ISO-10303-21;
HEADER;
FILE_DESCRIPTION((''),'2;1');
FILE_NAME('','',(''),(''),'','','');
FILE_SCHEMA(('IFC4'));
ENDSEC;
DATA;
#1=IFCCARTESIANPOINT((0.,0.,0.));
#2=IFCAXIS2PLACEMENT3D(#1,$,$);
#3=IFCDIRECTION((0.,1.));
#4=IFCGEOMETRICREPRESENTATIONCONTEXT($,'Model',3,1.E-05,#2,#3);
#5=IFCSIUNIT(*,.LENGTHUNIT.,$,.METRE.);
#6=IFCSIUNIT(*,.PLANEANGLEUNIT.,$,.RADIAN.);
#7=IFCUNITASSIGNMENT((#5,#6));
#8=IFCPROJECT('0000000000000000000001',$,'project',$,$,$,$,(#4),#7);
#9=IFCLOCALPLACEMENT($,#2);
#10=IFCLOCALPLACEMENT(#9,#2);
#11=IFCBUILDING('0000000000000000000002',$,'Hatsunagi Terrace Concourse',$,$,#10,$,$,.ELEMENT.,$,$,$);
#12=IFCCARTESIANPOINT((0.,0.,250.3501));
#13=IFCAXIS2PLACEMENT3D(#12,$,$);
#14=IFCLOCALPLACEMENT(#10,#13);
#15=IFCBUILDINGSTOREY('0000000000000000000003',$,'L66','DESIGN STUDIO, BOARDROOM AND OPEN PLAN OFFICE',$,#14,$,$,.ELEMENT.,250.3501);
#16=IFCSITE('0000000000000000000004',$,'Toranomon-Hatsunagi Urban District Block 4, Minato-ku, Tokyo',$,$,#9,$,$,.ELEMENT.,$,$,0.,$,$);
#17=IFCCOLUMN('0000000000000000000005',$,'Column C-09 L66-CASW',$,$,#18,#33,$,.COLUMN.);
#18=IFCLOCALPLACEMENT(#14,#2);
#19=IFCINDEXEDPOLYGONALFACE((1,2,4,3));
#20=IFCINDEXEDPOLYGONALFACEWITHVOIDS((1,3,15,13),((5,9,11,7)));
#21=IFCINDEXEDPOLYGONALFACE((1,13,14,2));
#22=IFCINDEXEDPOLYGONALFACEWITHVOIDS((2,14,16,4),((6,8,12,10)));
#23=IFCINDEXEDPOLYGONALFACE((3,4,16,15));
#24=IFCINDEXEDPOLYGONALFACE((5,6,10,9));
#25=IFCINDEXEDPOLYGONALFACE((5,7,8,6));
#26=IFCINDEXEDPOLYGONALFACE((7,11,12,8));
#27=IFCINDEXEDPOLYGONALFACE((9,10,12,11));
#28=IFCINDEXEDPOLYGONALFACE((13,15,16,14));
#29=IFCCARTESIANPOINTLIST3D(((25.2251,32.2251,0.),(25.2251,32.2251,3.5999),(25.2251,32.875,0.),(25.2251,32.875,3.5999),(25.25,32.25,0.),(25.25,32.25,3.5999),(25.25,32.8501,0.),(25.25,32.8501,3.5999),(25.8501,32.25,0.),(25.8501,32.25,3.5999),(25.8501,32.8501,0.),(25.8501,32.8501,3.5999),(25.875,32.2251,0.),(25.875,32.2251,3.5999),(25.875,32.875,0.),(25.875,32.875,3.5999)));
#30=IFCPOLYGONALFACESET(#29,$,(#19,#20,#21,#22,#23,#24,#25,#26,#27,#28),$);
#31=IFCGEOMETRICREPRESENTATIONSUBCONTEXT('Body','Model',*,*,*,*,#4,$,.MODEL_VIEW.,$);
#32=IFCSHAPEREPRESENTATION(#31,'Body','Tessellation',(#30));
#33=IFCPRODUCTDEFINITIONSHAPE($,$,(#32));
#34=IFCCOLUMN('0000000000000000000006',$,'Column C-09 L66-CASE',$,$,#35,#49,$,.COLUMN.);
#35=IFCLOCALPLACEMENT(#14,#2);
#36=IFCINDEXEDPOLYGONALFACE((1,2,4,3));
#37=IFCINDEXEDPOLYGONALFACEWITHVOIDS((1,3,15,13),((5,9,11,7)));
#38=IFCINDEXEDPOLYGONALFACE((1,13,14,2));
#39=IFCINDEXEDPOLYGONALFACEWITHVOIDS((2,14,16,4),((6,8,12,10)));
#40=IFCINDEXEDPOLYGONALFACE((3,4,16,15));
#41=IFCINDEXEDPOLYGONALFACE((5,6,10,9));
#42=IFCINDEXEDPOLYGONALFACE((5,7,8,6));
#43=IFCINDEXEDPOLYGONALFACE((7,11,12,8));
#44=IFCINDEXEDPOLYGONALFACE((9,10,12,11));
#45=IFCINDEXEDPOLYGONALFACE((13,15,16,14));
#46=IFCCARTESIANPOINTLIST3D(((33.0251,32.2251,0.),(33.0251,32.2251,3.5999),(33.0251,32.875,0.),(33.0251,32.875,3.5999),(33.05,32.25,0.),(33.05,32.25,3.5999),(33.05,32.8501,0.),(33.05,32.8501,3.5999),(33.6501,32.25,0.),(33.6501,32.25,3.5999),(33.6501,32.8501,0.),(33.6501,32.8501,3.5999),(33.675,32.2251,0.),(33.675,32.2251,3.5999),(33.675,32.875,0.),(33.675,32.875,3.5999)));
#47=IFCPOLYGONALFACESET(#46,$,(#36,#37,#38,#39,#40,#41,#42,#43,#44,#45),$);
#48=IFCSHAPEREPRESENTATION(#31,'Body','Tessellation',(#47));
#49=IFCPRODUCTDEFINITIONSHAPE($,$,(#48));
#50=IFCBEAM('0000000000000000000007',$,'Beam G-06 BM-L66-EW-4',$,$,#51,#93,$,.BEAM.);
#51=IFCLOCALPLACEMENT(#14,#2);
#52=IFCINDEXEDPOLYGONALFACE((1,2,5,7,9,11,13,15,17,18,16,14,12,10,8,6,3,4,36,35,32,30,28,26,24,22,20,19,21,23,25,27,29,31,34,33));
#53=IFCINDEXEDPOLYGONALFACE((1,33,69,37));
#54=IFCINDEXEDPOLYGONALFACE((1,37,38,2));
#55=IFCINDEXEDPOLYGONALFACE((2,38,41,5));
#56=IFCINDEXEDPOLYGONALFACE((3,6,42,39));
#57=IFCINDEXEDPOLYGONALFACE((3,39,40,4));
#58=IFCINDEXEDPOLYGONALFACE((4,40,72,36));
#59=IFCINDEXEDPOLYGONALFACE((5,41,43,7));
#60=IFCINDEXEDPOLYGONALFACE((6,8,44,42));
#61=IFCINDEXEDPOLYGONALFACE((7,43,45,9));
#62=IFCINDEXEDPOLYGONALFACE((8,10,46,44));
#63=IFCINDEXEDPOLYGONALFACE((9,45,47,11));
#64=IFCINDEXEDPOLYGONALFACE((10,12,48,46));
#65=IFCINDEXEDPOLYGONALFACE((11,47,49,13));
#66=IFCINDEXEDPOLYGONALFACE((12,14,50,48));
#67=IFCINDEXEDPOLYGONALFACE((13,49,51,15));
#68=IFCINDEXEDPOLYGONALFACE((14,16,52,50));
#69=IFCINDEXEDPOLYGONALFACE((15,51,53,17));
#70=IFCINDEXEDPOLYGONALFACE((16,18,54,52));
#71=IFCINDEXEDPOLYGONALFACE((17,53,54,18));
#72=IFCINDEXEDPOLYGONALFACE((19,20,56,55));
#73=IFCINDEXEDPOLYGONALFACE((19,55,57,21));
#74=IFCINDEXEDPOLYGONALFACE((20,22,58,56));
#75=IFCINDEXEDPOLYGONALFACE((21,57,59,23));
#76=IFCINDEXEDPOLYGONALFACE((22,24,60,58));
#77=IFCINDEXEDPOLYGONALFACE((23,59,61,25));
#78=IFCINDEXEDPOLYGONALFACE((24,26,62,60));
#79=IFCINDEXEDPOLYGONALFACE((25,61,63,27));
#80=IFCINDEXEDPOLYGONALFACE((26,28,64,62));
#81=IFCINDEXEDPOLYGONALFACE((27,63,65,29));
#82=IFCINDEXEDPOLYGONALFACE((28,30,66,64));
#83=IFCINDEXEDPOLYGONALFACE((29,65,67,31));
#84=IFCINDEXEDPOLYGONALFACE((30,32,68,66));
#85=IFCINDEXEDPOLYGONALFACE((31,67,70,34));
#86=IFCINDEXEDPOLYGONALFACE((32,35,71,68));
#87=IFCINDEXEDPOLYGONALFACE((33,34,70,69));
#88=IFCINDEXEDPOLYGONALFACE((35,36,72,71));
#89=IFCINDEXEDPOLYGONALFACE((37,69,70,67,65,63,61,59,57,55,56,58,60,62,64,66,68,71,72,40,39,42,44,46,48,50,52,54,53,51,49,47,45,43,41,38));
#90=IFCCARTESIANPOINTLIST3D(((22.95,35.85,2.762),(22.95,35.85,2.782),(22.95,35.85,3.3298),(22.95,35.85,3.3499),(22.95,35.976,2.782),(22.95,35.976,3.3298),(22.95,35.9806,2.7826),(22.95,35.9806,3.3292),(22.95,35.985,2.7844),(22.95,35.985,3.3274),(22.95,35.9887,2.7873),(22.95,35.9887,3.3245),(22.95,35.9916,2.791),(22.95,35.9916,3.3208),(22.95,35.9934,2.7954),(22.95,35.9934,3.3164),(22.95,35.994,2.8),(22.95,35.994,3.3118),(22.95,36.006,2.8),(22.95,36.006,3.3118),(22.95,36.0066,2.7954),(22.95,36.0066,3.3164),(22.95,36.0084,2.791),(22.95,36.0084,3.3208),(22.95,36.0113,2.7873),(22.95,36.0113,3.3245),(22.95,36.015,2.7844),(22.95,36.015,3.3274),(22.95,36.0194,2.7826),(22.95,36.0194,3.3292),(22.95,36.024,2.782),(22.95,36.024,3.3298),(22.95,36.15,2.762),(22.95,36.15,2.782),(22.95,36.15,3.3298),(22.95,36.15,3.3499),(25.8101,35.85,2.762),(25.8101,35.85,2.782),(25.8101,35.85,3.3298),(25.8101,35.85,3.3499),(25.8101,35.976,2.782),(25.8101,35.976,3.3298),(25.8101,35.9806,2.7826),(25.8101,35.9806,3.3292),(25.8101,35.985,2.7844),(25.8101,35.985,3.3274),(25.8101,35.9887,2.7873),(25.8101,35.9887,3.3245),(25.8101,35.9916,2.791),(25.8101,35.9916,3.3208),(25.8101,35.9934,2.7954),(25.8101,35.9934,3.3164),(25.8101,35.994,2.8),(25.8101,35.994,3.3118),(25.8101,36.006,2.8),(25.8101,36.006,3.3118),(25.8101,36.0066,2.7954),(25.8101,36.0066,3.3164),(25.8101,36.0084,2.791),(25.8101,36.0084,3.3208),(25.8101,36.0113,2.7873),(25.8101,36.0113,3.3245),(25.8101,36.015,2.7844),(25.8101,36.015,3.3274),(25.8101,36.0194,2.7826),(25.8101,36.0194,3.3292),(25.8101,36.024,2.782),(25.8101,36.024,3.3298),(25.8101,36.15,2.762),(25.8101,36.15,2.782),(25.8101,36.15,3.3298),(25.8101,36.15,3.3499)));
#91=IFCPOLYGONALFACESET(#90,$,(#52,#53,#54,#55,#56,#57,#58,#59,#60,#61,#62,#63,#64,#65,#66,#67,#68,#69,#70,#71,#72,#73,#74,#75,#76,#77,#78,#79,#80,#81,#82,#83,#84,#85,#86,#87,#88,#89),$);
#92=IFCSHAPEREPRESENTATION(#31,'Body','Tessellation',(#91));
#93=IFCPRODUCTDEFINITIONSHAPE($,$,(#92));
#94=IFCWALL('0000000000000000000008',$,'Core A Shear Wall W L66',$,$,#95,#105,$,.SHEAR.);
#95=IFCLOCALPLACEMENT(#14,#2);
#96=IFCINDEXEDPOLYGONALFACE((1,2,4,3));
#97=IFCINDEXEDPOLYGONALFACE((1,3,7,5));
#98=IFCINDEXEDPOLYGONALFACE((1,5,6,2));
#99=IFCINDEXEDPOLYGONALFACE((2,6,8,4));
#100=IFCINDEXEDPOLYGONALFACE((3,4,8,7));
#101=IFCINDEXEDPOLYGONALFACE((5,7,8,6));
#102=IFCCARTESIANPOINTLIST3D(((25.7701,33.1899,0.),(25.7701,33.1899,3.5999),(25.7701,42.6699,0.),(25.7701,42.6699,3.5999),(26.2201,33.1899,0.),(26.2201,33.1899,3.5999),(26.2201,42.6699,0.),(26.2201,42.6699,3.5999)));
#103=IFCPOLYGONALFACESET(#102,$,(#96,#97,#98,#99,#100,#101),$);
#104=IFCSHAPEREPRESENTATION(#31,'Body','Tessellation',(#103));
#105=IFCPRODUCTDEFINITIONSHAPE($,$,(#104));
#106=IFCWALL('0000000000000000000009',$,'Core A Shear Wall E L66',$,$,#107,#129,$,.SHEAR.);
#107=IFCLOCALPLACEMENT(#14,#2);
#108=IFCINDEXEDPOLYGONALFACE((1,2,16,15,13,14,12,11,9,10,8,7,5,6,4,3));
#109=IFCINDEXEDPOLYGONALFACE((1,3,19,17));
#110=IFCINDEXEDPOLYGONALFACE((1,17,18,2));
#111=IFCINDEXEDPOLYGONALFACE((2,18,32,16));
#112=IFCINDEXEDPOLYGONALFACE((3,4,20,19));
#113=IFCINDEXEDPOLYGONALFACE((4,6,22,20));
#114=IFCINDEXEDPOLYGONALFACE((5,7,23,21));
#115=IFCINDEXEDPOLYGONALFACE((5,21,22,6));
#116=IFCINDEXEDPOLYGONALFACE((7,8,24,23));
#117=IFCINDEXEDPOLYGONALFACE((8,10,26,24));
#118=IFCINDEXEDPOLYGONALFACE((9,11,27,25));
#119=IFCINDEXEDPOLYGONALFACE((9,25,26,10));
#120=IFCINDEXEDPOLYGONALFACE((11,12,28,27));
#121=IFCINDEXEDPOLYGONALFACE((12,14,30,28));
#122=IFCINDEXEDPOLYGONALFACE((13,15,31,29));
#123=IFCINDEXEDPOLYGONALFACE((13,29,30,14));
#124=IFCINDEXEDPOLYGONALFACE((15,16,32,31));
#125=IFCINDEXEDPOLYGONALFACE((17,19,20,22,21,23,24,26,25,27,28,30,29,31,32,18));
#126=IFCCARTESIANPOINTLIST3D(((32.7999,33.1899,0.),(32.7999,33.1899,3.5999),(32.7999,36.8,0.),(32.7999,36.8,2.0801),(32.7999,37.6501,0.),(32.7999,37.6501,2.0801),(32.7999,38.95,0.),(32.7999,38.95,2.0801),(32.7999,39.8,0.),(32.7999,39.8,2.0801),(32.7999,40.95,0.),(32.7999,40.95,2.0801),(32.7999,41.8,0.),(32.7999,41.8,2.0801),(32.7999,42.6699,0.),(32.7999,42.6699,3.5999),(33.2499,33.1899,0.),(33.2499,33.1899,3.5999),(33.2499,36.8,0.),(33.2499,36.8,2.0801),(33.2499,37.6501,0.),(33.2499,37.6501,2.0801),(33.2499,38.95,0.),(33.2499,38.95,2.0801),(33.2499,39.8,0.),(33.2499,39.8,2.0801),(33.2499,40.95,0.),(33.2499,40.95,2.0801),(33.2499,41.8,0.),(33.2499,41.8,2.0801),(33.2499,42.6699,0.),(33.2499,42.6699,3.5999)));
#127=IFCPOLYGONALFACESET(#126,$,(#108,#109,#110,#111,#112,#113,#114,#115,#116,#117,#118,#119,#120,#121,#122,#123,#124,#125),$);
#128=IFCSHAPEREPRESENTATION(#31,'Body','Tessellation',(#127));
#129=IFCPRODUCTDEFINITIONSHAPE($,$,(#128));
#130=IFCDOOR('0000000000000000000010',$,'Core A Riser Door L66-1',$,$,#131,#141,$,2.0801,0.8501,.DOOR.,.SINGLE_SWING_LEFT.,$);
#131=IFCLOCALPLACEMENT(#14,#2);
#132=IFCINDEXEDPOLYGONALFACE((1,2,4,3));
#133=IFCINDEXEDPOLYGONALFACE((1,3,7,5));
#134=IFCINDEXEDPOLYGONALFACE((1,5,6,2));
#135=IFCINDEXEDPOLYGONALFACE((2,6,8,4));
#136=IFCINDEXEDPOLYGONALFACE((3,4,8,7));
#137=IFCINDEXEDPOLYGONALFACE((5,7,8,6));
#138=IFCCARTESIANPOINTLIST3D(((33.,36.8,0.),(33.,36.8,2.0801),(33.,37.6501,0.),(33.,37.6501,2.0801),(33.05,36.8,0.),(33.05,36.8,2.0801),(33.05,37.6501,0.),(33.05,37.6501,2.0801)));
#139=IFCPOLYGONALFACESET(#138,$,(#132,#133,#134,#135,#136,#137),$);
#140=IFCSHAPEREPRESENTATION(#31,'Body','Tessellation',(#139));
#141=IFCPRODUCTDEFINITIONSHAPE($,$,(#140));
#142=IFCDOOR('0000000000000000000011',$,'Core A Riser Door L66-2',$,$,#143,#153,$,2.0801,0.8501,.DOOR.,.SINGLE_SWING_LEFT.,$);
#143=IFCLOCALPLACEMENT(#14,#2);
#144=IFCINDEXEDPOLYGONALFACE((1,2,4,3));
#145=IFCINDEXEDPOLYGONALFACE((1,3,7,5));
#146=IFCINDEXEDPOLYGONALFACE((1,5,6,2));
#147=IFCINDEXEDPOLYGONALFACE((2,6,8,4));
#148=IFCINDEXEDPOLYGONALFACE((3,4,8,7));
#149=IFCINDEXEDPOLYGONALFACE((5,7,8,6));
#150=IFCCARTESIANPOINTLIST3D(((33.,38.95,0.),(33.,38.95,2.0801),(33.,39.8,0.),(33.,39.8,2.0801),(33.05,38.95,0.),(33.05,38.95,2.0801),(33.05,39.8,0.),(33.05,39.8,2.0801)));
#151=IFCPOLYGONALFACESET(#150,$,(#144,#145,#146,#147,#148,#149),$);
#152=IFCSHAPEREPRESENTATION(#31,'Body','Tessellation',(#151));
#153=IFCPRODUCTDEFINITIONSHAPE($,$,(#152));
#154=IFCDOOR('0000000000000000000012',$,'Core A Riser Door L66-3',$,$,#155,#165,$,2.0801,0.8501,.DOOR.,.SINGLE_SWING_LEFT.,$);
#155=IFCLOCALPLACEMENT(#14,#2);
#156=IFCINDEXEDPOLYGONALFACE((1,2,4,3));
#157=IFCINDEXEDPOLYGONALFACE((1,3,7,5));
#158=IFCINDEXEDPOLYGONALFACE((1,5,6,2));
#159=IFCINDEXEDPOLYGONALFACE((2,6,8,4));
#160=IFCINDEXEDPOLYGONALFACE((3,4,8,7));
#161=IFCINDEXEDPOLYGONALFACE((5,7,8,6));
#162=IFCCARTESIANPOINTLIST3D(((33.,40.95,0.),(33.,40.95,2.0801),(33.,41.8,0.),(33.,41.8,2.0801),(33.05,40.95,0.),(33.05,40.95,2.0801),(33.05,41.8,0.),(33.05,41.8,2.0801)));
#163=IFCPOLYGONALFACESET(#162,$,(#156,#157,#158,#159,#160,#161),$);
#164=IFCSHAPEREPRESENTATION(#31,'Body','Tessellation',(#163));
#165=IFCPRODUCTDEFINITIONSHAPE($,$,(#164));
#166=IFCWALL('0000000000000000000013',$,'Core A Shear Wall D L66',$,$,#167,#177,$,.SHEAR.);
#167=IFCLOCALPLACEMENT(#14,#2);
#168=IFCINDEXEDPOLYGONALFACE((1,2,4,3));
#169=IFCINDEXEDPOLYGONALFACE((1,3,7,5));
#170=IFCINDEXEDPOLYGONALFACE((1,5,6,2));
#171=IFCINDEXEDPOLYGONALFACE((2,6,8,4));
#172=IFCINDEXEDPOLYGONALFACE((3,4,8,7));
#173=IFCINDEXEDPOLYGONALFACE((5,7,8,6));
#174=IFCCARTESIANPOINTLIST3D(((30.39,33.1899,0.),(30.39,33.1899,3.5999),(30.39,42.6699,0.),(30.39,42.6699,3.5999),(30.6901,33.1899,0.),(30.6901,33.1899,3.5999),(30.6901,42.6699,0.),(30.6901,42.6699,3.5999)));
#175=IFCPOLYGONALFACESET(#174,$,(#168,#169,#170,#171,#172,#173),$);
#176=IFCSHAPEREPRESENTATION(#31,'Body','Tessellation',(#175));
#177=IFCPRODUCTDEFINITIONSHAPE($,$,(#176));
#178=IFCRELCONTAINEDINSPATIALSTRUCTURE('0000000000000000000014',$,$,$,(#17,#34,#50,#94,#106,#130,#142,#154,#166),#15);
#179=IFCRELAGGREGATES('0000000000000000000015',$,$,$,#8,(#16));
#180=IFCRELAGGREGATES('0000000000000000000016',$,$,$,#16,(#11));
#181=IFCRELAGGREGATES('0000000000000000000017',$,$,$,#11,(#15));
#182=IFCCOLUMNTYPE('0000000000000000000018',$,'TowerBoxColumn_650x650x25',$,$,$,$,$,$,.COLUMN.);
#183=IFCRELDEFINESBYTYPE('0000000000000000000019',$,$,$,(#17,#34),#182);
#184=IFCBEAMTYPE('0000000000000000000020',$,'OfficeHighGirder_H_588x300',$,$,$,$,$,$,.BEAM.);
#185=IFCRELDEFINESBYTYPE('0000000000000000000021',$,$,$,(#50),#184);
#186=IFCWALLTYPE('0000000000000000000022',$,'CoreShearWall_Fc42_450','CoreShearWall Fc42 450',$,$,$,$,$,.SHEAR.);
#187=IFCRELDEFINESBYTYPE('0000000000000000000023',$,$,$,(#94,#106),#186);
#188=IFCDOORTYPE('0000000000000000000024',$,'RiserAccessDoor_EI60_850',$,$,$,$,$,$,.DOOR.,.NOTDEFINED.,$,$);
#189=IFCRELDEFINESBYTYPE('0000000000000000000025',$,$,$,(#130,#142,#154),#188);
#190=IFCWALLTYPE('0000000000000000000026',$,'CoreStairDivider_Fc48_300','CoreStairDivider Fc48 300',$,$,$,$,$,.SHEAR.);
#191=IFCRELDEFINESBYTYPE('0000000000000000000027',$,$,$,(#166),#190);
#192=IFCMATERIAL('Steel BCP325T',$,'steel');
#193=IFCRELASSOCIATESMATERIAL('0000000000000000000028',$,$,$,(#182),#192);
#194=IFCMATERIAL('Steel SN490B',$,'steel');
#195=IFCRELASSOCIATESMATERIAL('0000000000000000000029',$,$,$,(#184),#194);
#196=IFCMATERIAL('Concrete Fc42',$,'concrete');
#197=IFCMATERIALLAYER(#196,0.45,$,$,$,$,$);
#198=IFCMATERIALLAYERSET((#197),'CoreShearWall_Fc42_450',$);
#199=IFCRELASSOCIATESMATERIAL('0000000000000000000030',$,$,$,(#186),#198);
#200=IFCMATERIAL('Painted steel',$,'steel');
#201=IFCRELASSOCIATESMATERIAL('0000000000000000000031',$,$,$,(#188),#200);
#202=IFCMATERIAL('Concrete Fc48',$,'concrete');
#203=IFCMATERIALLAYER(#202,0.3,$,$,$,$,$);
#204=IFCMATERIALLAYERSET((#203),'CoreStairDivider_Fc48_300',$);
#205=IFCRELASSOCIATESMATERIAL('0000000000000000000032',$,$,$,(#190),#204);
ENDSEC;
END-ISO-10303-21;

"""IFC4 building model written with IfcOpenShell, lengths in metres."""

from ifc_helpers import new_model, si_unit, direction, frame, frame_2d, origin, origin_2d, place, context, subcontext, project, spatial, rectangle, hollow_rectangle, i_section, extrude, material, layer, layer_set, material_profile, profile_set, type_object, element, fill, save


model = new_model("IFC4")

# Units and contexts
model_context = context("Model", 3, precision=1e-05, world=origin(), true_north=direction((0.0, 1.0)))
body_context = subcontext(model_context, "Body", "Model", "MODEL_VIEW")
ifc_project = project(units=[si_unit("LENGTHUNIT", "METRE"), si_unit("PLANEANGLEUNIT", "RADIAN")], contexts=[model_context])

# Site, building, storey
site_placement = place(None, origin())
site = spatial("IfcSite", under=ifc_project, at=site_placement, Name="Toranomon-Hatsunagi Urban District Block 4, Minato-ku, Tokyo", CompositionType="ELEMENT", RefElevation=0.0)
building_placement = place(site_placement, origin())
building = spatial("IfcBuilding", under=site, at=building_placement, Name="Hatsunagi Terrace Concourse", CompositionType="ELEMENT")
storey_placement = place(building_placement, frame((0.0, 0.0, 250.3501)))
storey = spatial("IfcBuildingStorey", under=building, at=storey_placement, Name="L66", Description="DESIGN STUDIO, BOARDROOM AND OPEN PLAN OFFICE", CompositionType="ELEMENT", Elevation=250.3501)

# Columns
ifc_material_1 = material(Name="Steel BCP325T", Category="steel")
ifc_material_profile_1 = material_profile(ifc_material_1, hollow_rectangle(XDim=0.6499, YDim=0.6499, WallThickness=0.0249, at=origin_2d()), Name="BCP-650x650x25")
ifc_profile_set_1 = profile_set([ifc_material_profile_1], Name="Steel BCP325T")
column_type = type_object("IfcColumnType", Name="TowerBoxColumn_650x650x25", PredefinedType="COLUMN", material=ifc_profile_set_1)
for number, where, z_axis, x_axis, name in (
    (1, (25.55, 32.55, 0.0), (0.0, 0.0, 1.0), (1.0, 0.0, 0.0), "Column C-09 L66-CASW"),
    (2, (33.3501, 32.55, 0.0), (0.0, 0.0, 1.0), (1.0, 0.0, 0.0), "Column C-09 L66-CASE"),
):
    element("IfcColumn", number, at=place(storey_placement, frame(where, z_axis=z_axis, x_axis=x_axis)), inside=storey, type_object=column_type, Name=name, PredefinedType="COLUMN", context=body_context, shape_type="SweptSolid", body=[
        extrude(hollow_rectangle(XDim=0.6499, YDim=0.6499, WallThickness=0.0249, at=origin_2d()), origin(), (0.0, 0.0, 1.0), 3.5999),
    ])

# Beam
ifc_material_2 = material(Name="Steel SN490B", Category="steel")
ifc_material_profile_2 = material_profile(ifc_material_2, i_section(OverallWidth=0.3, OverallDepth=0.5879, WebThickness=0.012, FlangeThickness=0.02, FilletRadius=0.0181, at=origin_2d()), Name="H-588x300x12x20")
ifc_profile_set_2 = profile_set([ifc_material_profile_2], Name="Steel SN490B")
beam_type = type_object("IfcBeamType", Name="OfficeHighGirder_H_588x300", PredefinedType="BEAM", material=ifc_profile_set_2)
beam_placement = place(storey_placement, frame((22.95, 36.0, 3.0559), z_axis=(1.0, 0.0, 0.0), x_axis=(0.0, 1.0, 0.0)))
element("IfcBeam", 3, at=beam_placement, inside=storey, type_object=beam_type, Name="Beam G-06 BM-L66-EW-4", PredefinedType="BEAM", context=body_context, shape_type="SweptSolid", body=[
    extrude(i_section(OverallWidth=0.3, OverallDepth=0.5879, WebThickness=0.012, FlangeThickness=0.02, FilletRadius=0.0181, at=origin_2d()), origin(), (0.0, 0.0, 1.0), 2.8601),
])

# Shared definitions
ifc_material_3 = material(Name="Concrete Fc42", Category="concrete")
ifc_layer_1 = layer(ifc_material_3, 0.45)
ifc_layer_set_1 = layer_set([ifc_layer_1], Name="CoreShearWall_Fc42_450")
wall_type_1 = type_object("IfcWallType", Name="CoreShearWall_Fc42_450", Description="CoreShearWall Fc42 450", PredefinedType="SHEAR", material=ifc_layer_set_1)

# Wall
wall_1_placement = place(storey_placement, frame((25.9951, 33.1899, 0.0), z_axis=(0.0, 0.0, 1.0), x_axis=(0.0, 1.0, 0.0)))
element("IfcWall", 4, at=wall_1_placement, inside=storey, type_object=wall_type_1, Name="Core A Shear Wall W L66", PredefinedType="SHEAR", context=body_context, shape_type="SweptSolid", body=[
    extrude(rectangle(XDim=9.48, YDim=0.45, at=frame_2d((4.74, 0.0))), origin(), (0.0, 0.0, 1.0), 3.5999),
])

# Wall, openings, doors
wall_2_placement = place(storey_placement, frame((33.0249, 33.1899, 0.0), z_axis=(0.0, 0.0, 1.0), x_axis=(0.0, 1.0, 0.0)))
wall_2 = element("IfcWall", 5, at=wall_2_placement, inside=storey, type_object=wall_type_1, Name="Core A Shear Wall E L66", PredefinedType="SHEAR", context=body_context, shape_type="SweptSolid", body=[
    extrude(rectangle(XDim=9.48, YDim=0.45, at=frame_2d((4.74, 0.0))), origin(), (0.0, 0.0, 1.0), 3.5999),
])
opening_1_placement = place(wall_2_placement, frame((3.6101, 0.0, 0.0)))
opening_1 = element("IfcOpeningElement", 6, at=opening_1_placement, cuts=wall_2, PredefinedType="OPENING", context=body_context, shape_type="SweptSolid", body=[
    extrude(rectangle(XDim=0.8501, YDim=2.0801, at=frame_2d((0.425, 1.04))), frame((0.0, 0.2349, 0.0), z_axis=(0.0, -1.0, 0.0), x_axis=(1.0, 0.0, 0.0)), (0.0, 0.0, 1.0), 0.47),
])
opening_2_placement = place(wall_2_placement, frame((5.76, 0.0, 0.0)))
opening_2 = element("IfcOpeningElement", 7, at=opening_2_placement, cuts=wall_2, PredefinedType="OPENING", context=body_context, shape_type="SweptSolid", body=[
    extrude(rectangle(XDim=0.8501, YDim=2.0801, at=frame_2d((0.425, 1.04))), frame((0.0, 0.2349, 0.0), z_axis=(0.0, -1.0, 0.0), x_axis=(1.0, 0.0, 0.0)), (0.0, 0.0, 1.0), 0.47),
])
opening_3_placement = place(wall_2_placement, frame((7.76, 0.0, 0.0)))
opening_3 = element("IfcOpeningElement", 8, at=opening_3_placement, cuts=wall_2, PredefinedType="OPENING", context=body_context, shape_type="SweptSolid", body=[
    extrude(rectangle(XDim=0.8501, YDim=2.0801, at=frame_2d((0.425, 1.04))), frame((0.0, 0.2349, 0.0), z_axis=(0.0, -1.0, 0.0), x_axis=(1.0, 0.0, 0.0)), (0.0, 0.0, 1.0), 0.47),
])
ifc_material_4 = material(Name="Painted steel", Category="steel")
door_type_1 = type_object("IfcDoorType", Name="RiserAccessDoor_EI60_850", OperationType="NOTDEFINED", PredefinedType="DOOR", material=ifc_material_4)
door_1_placement = place(opening_1_placement, origin())
door_1 = element("IfcDoor", 9, at=door_1_placement, inside=storey, type_object=door_type_1, Name="Core A Riser Door L66-1", OperationType="SINGLE_SWING_LEFT", OverallHeight=2.0801, OverallWidth=0.8501, PredefinedType="DOOR", context=body_context, shape_type="SweptSolid", body=[
    extrude(rectangle(XDim=0.8501, YDim=2.0801, at=frame_2d((0.425, 1.04))), frame((0.0, 0.0249, 0.0), z_axis=(0.0, -1.0, 0.0), x_axis=(1.0, 0.0, 0.0)), (0.0, 0.0, 1.0), 0.05),
])
fill(opening_1, door_1)
door_2_placement = place(opening_2_placement, origin())
door_2 = element("IfcDoor", 10, at=door_2_placement, inside=storey, type_object=door_type_1, Name="Core A Riser Door L66-2", OperationType="SINGLE_SWING_LEFT", OverallHeight=2.0801, OverallWidth=0.8501, PredefinedType="DOOR", context=body_context, shape_type="SweptSolid", body=[
    extrude(rectangle(XDim=0.8501, YDim=2.0801, at=frame_2d((0.425, 1.04))), frame((0.0, 0.0249, 0.0), z_axis=(0.0, -1.0, 0.0), x_axis=(1.0, 0.0, 0.0)), (0.0, 0.0, 1.0), 0.05),
])
fill(opening_2, door_2)
door_3_placement = place(opening_3_placement, origin())
door_3 = element("IfcDoor", 11, at=door_3_placement, inside=storey, type_object=door_type_1, Name="Core A Riser Door L66-3", OperationType="SINGLE_SWING_LEFT", OverallHeight=2.0801, OverallWidth=0.8501, PredefinedType="DOOR", context=body_context, shape_type="SweptSolid", body=[
    extrude(rectangle(XDim=0.8501, YDim=2.0801, at=frame_2d((0.425, 1.04))), frame((0.0, 0.0249, 0.0), z_axis=(0.0, -1.0, 0.0), x_axis=(1.0, 0.0, 0.0)), (0.0, 0.0, 1.0), 0.05),
])
fill(opening_3, door_3)

# Wall
ifc_material_5 = material(Name="Concrete Fc48", Category="concrete")
ifc_layer_2 = layer(ifc_material_5, 0.3)
ifc_layer_set_2 = layer_set([ifc_layer_2], Name="CoreStairDivider_Fc48_300")
wall_type_2 = type_object("IfcWallType", Name="CoreStairDivider_Fc48_300", Description="CoreStairDivider Fc48 300", PredefinedType="SHEAR", material=ifc_layer_set_2)
wall_3_placement = place(storey_placement, frame((30.54, 33.1899, 0.0), z_axis=(0.0, 0.0, 1.0), x_axis=(0.0, 1.0, 0.0)))
element("IfcWall", 12, at=wall_3_placement, inside=storey, type_object=wall_type_2, Name="Core A Shear Wall D L66", PredefinedType="SHEAR", context=body_context, shape_type="SweptSolid", body=[
    extrude(rectangle(XDim=9.48, YDim=0.3, at=frame_2d((4.74, 0.0))), origin(), (0.0, 0.0, 1.0), 3.5999),
])

save(model, "model.ifc")
